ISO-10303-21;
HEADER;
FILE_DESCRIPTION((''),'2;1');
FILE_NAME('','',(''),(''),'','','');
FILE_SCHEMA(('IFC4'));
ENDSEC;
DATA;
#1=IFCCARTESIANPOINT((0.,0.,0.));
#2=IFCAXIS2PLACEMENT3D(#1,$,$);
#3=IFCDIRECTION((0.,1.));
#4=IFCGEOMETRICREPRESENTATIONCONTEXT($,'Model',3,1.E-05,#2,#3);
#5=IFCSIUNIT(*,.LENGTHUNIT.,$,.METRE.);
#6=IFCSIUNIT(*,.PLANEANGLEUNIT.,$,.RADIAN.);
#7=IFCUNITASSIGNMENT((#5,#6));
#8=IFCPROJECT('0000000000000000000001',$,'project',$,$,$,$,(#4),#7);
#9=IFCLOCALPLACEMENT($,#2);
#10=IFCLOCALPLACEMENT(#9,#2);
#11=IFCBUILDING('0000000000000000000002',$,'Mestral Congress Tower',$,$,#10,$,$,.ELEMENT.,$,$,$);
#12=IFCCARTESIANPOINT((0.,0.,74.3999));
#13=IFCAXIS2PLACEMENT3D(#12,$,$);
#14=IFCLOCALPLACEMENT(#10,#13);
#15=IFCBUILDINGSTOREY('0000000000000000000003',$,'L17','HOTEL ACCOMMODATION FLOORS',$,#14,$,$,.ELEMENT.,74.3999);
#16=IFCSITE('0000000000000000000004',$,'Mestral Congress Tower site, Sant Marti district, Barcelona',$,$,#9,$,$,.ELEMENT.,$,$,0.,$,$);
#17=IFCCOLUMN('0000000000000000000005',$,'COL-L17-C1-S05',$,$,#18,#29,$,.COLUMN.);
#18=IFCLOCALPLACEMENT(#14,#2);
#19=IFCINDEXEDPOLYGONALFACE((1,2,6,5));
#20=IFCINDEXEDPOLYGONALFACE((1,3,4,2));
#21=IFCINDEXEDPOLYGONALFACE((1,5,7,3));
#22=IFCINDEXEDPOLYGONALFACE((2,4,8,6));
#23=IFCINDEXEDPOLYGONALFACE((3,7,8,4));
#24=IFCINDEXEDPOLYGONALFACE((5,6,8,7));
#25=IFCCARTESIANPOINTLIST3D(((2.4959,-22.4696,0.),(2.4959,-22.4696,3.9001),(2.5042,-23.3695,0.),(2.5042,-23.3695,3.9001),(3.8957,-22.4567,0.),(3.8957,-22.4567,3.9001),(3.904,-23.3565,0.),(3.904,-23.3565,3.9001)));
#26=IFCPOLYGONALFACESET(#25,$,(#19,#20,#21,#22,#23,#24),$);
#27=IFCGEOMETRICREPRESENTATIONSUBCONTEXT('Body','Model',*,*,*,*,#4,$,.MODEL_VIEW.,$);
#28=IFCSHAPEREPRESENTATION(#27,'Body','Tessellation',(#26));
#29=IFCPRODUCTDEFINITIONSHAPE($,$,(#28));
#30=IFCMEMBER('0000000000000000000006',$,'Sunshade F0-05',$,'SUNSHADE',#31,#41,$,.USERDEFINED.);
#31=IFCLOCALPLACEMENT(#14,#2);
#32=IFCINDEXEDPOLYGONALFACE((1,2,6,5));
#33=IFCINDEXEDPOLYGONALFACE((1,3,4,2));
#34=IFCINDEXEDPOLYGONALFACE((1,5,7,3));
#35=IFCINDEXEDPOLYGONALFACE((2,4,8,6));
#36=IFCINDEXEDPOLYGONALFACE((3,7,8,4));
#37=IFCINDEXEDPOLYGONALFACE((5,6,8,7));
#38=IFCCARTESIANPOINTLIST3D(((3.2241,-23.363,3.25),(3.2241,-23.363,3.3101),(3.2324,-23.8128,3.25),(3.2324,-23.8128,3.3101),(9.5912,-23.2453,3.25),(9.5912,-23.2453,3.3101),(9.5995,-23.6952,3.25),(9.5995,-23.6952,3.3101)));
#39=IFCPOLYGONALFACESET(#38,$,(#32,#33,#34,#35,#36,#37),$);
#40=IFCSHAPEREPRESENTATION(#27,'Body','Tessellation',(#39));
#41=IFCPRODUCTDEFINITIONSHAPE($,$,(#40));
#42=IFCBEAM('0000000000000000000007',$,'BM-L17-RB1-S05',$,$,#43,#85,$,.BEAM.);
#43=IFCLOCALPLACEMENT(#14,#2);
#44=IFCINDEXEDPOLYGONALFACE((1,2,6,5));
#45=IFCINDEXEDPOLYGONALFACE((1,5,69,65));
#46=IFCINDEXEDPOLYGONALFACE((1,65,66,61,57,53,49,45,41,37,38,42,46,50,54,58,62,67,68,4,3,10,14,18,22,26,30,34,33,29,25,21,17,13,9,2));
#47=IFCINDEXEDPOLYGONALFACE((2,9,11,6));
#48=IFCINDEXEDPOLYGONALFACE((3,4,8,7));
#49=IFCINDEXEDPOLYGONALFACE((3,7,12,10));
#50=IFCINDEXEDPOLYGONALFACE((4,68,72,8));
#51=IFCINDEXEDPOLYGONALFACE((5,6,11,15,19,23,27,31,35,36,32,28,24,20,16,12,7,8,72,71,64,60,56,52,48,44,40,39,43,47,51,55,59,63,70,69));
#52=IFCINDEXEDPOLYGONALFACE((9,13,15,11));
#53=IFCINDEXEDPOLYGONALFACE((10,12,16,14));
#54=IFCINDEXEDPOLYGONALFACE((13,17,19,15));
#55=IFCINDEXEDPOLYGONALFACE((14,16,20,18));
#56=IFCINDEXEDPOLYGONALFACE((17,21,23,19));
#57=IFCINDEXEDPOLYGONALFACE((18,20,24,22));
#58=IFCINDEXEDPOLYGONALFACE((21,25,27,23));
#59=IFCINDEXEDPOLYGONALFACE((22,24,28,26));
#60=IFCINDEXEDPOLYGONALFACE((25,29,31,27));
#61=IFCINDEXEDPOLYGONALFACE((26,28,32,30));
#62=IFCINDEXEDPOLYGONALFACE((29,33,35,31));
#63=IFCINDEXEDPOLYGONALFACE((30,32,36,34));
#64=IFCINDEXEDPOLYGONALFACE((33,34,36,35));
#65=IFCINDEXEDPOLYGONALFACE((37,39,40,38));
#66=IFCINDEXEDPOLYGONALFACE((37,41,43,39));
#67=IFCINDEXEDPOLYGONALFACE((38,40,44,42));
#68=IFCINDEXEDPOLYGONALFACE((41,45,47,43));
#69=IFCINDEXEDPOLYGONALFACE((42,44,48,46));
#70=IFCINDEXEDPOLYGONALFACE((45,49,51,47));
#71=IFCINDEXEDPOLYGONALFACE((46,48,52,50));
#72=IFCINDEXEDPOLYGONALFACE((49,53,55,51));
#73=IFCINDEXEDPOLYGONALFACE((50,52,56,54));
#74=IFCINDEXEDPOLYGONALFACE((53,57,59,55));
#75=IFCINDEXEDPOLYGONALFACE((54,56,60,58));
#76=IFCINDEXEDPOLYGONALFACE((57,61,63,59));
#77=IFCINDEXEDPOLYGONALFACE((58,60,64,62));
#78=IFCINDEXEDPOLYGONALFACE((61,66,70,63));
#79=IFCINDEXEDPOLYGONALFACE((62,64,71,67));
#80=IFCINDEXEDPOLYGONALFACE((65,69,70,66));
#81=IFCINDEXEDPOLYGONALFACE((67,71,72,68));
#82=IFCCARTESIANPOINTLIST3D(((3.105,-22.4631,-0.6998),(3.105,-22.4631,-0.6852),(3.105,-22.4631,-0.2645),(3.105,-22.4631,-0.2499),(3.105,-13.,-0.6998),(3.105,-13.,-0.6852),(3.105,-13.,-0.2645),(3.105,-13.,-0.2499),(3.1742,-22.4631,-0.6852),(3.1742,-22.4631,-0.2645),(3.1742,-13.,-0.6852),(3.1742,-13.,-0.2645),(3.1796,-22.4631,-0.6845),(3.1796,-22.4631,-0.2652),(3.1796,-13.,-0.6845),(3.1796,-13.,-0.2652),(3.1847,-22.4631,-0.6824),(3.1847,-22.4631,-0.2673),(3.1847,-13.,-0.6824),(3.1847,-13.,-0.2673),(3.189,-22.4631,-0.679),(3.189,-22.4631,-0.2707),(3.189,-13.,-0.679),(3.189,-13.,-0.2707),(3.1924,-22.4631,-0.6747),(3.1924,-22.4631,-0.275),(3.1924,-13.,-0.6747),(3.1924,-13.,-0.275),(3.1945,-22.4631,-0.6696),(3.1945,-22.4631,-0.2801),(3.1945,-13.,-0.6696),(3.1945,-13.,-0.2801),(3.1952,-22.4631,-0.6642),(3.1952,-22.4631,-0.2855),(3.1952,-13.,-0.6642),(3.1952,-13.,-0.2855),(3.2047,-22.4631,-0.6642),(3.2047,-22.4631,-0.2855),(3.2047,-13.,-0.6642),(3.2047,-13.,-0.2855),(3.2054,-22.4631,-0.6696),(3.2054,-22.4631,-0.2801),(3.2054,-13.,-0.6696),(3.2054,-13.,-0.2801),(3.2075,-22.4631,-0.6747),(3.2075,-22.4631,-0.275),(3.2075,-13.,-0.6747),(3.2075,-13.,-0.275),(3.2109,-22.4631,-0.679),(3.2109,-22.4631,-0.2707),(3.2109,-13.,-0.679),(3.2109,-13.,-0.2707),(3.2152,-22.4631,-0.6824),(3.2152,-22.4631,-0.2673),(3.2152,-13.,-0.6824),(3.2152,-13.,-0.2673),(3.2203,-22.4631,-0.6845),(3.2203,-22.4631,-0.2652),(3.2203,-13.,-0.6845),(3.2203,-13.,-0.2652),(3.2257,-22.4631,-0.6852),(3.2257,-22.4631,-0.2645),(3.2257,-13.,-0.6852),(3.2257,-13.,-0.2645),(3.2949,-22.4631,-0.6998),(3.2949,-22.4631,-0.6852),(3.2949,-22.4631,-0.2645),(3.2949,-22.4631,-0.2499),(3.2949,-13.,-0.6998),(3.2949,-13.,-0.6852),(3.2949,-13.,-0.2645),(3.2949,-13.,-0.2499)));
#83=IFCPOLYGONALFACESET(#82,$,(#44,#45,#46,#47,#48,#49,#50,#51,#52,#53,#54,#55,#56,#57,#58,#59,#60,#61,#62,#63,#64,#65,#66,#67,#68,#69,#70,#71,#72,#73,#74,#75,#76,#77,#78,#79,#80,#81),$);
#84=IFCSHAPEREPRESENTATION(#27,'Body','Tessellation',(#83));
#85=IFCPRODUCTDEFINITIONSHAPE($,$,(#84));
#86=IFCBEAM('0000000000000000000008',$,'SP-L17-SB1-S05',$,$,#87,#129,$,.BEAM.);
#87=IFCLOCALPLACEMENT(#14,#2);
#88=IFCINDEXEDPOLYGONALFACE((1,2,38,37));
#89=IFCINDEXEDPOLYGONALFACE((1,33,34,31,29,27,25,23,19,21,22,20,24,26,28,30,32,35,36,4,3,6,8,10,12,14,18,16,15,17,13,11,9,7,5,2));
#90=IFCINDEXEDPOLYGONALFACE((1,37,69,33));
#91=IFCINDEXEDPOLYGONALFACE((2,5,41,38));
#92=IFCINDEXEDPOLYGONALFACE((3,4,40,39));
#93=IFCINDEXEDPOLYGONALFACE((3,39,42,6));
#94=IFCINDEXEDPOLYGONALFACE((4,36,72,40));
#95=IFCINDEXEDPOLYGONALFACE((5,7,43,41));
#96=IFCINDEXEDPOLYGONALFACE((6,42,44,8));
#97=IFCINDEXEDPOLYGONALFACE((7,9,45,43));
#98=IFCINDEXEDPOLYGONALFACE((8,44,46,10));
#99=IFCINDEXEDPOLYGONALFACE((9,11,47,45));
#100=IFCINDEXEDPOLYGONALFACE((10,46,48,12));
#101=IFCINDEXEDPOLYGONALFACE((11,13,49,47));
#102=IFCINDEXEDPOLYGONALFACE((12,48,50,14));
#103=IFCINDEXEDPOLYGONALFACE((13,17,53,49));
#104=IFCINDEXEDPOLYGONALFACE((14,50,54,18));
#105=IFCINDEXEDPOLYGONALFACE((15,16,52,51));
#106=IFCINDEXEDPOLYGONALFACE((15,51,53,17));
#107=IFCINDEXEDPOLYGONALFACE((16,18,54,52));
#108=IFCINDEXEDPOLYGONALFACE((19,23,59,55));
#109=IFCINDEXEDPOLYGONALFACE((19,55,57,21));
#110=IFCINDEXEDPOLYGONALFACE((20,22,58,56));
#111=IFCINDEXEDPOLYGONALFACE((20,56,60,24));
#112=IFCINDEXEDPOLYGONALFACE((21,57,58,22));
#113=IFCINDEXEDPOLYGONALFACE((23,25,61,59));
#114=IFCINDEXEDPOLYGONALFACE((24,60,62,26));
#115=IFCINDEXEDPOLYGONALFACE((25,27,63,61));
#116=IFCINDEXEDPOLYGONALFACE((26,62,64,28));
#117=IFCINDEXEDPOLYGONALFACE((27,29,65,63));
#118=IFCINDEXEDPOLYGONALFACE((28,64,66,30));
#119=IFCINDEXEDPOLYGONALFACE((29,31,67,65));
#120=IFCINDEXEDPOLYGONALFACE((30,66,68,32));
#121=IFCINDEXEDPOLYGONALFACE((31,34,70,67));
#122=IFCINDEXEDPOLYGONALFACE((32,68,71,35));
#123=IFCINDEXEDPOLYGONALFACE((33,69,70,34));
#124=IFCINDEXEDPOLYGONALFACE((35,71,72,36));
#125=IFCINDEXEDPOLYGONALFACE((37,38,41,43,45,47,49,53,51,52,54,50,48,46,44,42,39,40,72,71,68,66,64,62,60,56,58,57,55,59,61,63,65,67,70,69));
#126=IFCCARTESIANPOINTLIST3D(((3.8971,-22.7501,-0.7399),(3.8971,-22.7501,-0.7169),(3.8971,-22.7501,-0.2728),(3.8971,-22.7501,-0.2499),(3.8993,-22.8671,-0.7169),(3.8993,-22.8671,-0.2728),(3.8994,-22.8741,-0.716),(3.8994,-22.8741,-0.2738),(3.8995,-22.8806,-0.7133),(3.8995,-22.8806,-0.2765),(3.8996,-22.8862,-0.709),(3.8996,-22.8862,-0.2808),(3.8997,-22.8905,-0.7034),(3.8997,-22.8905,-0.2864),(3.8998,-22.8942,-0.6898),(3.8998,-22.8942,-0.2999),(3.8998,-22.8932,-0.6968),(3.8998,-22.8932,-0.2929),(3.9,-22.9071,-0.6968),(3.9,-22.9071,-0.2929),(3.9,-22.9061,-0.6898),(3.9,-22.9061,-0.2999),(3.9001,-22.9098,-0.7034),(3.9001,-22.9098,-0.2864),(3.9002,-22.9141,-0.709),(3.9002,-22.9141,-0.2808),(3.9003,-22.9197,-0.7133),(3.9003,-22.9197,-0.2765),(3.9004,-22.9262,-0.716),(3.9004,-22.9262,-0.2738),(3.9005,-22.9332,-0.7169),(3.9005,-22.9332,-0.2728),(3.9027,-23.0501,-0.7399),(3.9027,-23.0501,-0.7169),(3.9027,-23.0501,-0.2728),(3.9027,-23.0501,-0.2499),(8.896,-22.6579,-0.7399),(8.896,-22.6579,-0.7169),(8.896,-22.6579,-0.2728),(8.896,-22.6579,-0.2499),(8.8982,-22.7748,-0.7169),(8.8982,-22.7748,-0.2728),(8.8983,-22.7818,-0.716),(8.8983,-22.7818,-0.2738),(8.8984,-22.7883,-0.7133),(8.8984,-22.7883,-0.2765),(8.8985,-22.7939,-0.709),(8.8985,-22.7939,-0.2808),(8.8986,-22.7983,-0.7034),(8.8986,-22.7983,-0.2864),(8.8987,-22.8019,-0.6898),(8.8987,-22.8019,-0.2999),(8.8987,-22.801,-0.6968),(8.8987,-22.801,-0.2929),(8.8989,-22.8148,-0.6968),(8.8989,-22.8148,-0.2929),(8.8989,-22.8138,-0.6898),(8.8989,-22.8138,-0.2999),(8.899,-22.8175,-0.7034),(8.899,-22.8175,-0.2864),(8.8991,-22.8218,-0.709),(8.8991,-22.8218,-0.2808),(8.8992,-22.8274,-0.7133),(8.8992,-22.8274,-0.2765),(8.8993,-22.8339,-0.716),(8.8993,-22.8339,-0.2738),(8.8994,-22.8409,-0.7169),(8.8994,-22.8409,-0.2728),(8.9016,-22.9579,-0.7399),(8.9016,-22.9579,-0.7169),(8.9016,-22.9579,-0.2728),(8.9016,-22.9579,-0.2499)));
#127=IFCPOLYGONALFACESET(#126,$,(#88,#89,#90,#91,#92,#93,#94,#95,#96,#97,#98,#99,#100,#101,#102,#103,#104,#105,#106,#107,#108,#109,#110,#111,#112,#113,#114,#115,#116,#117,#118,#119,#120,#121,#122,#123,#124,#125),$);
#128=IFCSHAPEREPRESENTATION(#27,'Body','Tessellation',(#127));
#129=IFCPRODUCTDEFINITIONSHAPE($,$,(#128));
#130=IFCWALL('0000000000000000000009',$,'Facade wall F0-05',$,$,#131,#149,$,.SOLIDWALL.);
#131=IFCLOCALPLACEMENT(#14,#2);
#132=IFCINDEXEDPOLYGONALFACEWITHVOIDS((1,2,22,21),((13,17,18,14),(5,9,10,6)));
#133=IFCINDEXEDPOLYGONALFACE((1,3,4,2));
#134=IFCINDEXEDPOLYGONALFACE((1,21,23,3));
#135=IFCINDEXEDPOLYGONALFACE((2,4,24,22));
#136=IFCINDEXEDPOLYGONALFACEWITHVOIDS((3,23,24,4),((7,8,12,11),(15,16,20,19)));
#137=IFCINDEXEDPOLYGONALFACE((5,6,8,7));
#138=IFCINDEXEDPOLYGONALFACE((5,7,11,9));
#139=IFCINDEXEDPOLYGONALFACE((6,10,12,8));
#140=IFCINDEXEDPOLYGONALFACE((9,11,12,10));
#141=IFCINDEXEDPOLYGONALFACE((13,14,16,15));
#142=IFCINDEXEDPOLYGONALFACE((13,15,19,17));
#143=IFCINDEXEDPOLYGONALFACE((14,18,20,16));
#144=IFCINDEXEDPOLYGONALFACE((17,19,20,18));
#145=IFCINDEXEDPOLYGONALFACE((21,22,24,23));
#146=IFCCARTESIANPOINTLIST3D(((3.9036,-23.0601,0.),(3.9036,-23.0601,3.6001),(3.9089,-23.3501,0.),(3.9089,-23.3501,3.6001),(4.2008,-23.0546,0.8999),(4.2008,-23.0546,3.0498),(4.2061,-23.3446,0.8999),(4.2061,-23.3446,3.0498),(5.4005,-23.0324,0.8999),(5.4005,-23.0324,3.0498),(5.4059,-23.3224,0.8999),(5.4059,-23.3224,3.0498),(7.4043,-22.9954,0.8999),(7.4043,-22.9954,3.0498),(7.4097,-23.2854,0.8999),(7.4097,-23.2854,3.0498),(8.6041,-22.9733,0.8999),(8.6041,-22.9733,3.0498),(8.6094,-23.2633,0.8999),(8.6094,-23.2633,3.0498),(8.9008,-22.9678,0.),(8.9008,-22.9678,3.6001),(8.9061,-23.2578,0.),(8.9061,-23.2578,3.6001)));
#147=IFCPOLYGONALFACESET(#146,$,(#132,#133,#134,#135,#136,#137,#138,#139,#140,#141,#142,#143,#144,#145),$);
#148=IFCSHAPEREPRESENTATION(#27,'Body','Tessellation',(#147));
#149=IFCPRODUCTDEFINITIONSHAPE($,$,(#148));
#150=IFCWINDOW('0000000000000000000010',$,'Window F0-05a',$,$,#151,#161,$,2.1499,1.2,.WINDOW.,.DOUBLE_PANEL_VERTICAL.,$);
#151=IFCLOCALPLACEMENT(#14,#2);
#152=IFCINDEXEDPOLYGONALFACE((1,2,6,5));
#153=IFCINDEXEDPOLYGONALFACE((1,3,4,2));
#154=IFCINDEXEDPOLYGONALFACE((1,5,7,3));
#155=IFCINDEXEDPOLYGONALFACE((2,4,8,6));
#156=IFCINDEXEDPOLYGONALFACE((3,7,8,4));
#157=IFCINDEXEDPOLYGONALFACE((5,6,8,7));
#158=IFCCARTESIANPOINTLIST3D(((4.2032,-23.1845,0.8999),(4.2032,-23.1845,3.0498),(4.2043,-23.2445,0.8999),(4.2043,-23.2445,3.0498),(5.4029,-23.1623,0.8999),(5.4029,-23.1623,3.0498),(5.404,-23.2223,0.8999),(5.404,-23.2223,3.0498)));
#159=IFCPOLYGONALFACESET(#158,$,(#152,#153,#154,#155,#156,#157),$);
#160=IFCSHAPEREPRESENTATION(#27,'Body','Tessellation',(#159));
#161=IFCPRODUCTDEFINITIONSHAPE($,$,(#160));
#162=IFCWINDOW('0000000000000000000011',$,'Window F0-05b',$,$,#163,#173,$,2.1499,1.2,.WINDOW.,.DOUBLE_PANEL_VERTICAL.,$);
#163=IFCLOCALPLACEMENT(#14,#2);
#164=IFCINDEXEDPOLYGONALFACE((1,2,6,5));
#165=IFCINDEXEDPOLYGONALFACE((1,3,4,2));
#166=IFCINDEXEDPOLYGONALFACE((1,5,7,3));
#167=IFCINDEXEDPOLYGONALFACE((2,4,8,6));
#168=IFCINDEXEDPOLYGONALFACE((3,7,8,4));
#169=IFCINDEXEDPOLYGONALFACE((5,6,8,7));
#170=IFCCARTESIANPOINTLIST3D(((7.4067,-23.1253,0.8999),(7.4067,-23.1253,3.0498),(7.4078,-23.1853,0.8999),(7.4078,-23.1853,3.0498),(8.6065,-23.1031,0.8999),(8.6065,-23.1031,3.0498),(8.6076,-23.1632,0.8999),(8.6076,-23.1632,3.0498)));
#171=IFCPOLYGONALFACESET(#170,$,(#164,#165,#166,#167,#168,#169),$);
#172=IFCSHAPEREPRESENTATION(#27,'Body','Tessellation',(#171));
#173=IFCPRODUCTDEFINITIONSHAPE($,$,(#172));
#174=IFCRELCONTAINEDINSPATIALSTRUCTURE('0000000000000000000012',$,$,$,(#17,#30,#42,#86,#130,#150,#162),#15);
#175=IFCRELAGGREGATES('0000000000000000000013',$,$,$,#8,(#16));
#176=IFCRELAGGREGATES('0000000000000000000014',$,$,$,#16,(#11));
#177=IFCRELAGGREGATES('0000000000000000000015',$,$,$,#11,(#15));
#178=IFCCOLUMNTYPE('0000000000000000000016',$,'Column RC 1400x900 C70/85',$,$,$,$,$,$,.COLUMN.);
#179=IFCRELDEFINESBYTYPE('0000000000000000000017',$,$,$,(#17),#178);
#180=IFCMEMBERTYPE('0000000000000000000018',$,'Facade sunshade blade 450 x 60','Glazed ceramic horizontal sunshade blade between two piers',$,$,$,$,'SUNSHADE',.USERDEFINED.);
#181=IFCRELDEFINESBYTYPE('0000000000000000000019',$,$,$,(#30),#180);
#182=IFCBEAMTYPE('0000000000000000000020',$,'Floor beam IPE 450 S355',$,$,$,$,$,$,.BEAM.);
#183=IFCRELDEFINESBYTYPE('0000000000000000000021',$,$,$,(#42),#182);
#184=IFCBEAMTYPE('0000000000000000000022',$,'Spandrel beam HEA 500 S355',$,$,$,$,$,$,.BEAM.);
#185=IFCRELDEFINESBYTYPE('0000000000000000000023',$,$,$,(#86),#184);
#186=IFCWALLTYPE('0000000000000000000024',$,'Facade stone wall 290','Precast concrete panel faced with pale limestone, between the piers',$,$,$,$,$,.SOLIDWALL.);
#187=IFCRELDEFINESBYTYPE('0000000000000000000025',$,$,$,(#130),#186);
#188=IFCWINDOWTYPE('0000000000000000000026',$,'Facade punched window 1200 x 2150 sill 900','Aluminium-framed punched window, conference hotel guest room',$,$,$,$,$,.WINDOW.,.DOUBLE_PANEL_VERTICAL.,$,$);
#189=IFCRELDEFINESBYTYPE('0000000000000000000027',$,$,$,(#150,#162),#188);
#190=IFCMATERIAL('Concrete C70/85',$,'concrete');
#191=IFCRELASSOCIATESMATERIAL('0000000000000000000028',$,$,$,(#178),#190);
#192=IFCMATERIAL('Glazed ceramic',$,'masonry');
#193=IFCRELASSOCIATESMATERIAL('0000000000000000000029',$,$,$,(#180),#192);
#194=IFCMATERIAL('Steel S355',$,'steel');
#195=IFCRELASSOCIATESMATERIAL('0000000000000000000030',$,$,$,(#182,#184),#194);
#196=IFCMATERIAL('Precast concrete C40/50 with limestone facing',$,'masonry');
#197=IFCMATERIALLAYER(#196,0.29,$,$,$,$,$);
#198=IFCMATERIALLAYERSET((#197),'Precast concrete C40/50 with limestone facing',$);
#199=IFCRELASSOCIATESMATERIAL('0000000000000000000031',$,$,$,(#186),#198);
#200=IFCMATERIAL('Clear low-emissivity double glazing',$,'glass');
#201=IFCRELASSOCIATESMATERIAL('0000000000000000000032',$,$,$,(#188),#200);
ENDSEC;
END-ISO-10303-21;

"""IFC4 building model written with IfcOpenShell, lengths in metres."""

from ifc_helpers import new_model, si_unit, direction, frame, frame_2d, origin, origin_2d, place, context, subcontext, project, spatial, rectangle, i_section, extrude, material, layer, layer_set, material_profile, profile_set, type_object, element, fill, save


model = new_model("IFC4")

# Units and contexts
model_context = context("Model", 3, precision=1e-05, world=origin(), true_north=direction((0.0, 1.0)))
body_context = subcontext(model_context, "Body", "Model", "MODEL_VIEW")
ifc_project = project(units=[si_unit("LENGTHUNIT", "METRE"), si_unit("PLANEANGLEUNIT", "RADIAN")], contexts=[model_context])

# Site, building, storey
site_placement = place(None, origin())
site = spatial("IfcSite", under=ifc_project, at=site_placement, Name="Mestral Congress Tower site, Sant Marti district, Barcelona", CompositionType="ELEMENT", RefElevation=0.0)
building_placement = place(site_placement, origin())
building = spatial("IfcBuilding", under=site, at=building_placement, Name="Mestral Congress Tower", CompositionType="ELEMENT")
storey_placement = place(building_placement, frame((0.0, 0.0, 74.3999)))
storey = spatial("IfcBuildingStorey", under=building, at=storey_placement, Name="L17", Description="HOTEL ACCOMMODATION FLOORS", CompositionType="ELEMENT", Elevation=74.3999)

# Column
ifc_material_1 = material(Name="Concrete C70/85", Category="concrete")
ifc_material_profile_1 = material_profile(ifc_material_1, rectangle(XDim=1.3999, YDim=0.8999, at=origin_2d()), Name="RC 1400x900")
ifc_profile_set_1 = profile_set([ifc_material_profile_1], Name="Concrete C70/85")
column_type = type_object("IfcColumnType", Name="Column RC 1400x900 C70/85", PredefinedType="COLUMN", material=ifc_profile_set_1)
column_placement = place(storey_placement, frame((3.2, -22.9131, 0.0), z_axis=(0.0, 0.0, 1.0), x_axis=(0.999957, 0.009243, 0.0)))
element("IfcColumn", 1, at=column_placement, inside=storey, type_object=column_type, Name="COL-L17-C1-S05", PredefinedType="COLUMN", context=body_context, shape_type="SweptSolid", body=[
    extrude(rectangle(XDim=1.3999, YDim=0.8999, at=origin_2d()), origin(), (0.0, 0.0, 1.0), 3.9001),
])

# Member
ifc_material_2 = material(Name="Glazed ceramic", Category="masonry")
ifc_material_profile_2 = material_profile(ifc_material_2, rectangle(XDim=0.45, YDim=0.0601, at=origin_2d()), Name="Ceramic blade 450 x 60")
ifc_profile_set_2 = profile_set([ifc_material_profile_2], Name="Glazed ceramic")
member_type = type_object("IfcMemberType", Name="Facade sunshade blade 450 x 60", Description="Glazed ceramic horizontal sunshade blade between two piers", ElementType="SUNSHADE", PredefinedType="USERDEFINED", material=ifc_profile_set_2)
member_placement = place(storey_placement, frame((3.2283, -23.5879, 3.28), z_axis=(0.999829, 0.018478, 0.0), x_axis=(-0.018478, 0.999829, 0.0)))
element("IfcMember", 2, at=member_placement, inside=storey, type_object=member_type, Name="Sunshade F0-05", ObjectType="SUNSHADE", PredefinedType="USERDEFINED", context=body_context, shape_type="SweptSolid", body=[
    extrude(rectangle(XDim=0.45, YDim=0.0601, at=origin_2d()), origin(), (0.0, 0.0, 1.0), 6.3682),
])

# Beams
ifc_material_3 = material(Name="Steel S355", Category="steel")
ifc_material_profile_3 = material_profile(ifc_material_3, i_section(OverallWidth=0.1899, OverallDepth=0.45, WebThickness=0.0095, FlangeThickness=0.0146, FilletRadius=0.021, at=origin_2d()), Name="IPE 450")
ifc_profile_set_3 = profile_set([ifc_material_profile_3], Name="Steel S355")
beam_type_1 = type_object("IfcBeamType", Name="Floor beam IPE 450 S355", PredefinedType="BEAM", material=ifc_profile_set_3)
beam_1_placement = place(storey_placement, frame((3.2, -22.4631, -0.4749), z_axis=(0.0, 1.0, 0.0), x_axis=(-1.0, 0.0, 0.0)))
element("IfcBeam", 3, at=beam_1_placement, inside=storey, type_object=beam_type_1, Name="BM-L17-RB1-S05", PredefinedType="BEAM", context=body_context, shape_type="SweptSolid", body=[
    extrude(i_section(OverallWidth=0.1899, OverallDepth=0.45, WebThickness=0.0095, FlangeThickness=0.0146, FilletRadius=0.021, at=origin_2d()), origin(), (0.0, 0.0, 1.0), 9.4631),
])
ifc_material_profile_4 = material_profile(ifc_material_3, i_section(OverallWidth=0.3, OverallDepth=0.49, WebThickness=0.012, FlangeThickness=0.0229, FilletRadius=0.0271, at=origin_2d()), Name="HEA 500")
ifc_profile_set_4 = profile_set([ifc_material_profile_4], Name="Steel S355")
beam_type_2 = type_object("IfcBeamType", Name="Spandrel beam HEA 500 S355", PredefinedType="BEAM", material=ifc_profile_set_4)
beam_2_placement = place(storey_placement, frame((3.8999, -22.9001, -0.4949), z_axis=(0.99983, 0.018457, 0.0), x_axis=(-0.018457, 0.99983, 0.0)))
element("IfcBeam", 4, at=beam_2_placement, inside=storey, type_object=beam_type_2, Name="SP-L17-SB1-S05", PredefinedType="BEAM", context=body_context, shape_type="SweptSolid", body=[
    extrude(i_section(OverallWidth=0.3, OverallDepth=0.49, WebThickness=0.012, FlangeThickness=0.0229, FilletRadius=0.0271, at=origin_2d()), origin(), (0.0, 0.0, 1.0), 4.9998),
])

# Wall, openings, windows
ifc_material_4 = material(Name="Precast concrete C40/50 with limestone facing", Category="masonry")
ifc_layer_1 = layer(ifc_material_4, 0.29)
ifc_layer_set_1 = layer_set([ifc_layer_1], Name="Precast concrete C40/50 with limestone facing")
wall_type_1 = type_object("IfcWallType", Name="Facade stone wall 290", Description="Precast concrete panel faced with pale limestone, between the piers", PredefinedType="SOLIDWALL", material=ifc_layer_set_1)
wall_1_placement = place(storey_placement, frame((3.9062, -23.2051, 0.0), z_axis=(0.0, 0.0, 1.0), x_axis=(0.99983, 0.018464, 0.0)))
wall_1 = element("IfcWall", 5, at=wall_1_placement, inside=storey, type_object=wall_type_1, Name="Facade wall F0-05", PredefinedType="SOLIDWALL", context=body_context, shape_type="SweptSolid", body=[
    extrude(rectangle(XDim=4.998, YDim=0.29, at=frame_2d((2.499, 0.0))), origin(), (0.0, 0.0, 1.0), 3.6001),
])
opening_1_placement = place(wall_1_placement, frame((0.2971, 0.0, 0.8999)))
opening_1 = element("IfcOpeningElement", 6, at=opening_1_placement, cuts=wall_1, PredefinedType="OPENING", context=body_context, shape_type="SweptSolid", body=[
    extrude(rectangle(XDim=1.2, YDim=2.1499, at=frame_2d((0.6001, 1.075))), frame((0.0, 0.155, 0.0), z_axis=(0.0, -1.0, 0.0), x_axis=(1.0, 0.0, 0.0)), (0.0, 0.0, 1.0), 0.3101),
])
opening_2_placement = place(wall_1_placement, frame((3.5012, 0.0, 0.8999)))
opening_2 = element("IfcOpeningElement", 7, at=opening_2_placement, cuts=wall_1, PredefinedType="OPENING", context=body_context, shape_type="SweptSolid", body=[
    extrude(rectangle(XDim=1.2, YDim=2.1499, at=frame_2d((0.6001, 1.075))), frame((0.0, 0.155, 0.0), z_axis=(0.0, -1.0, 0.0), x_axis=(1.0, 0.0, 0.0)), (0.0, 0.0, 1.0), 0.3101),
])
ifc_material_5 = material(Name="Clear low-emissivity double glazing", Category="glass")
window_type = type_object("IfcWindowType", Name="Facade punched window 1200 x 2150 sill 900", Description="Aluminium-framed punched window, conference hotel guest room", PartitioningType="DOUBLE_PANEL_VERTICAL", PredefinedType="WINDOW", material=ifc_material_5)
window_1_placement = place(opening_1_placement, origin())
window_1 = element("IfcWindow", 8, at=window_1_placement, inside=storey, type_object=window_type, Name="Window F0-05a", OverallHeight=2.1499, OverallWidth=1.2, PartitioningType="DOUBLE_PANEL_VERTICAL", PredefinedType="WINDOW", context=body_context, shape_type="SweptSolid", body=[
    extrude(rectangle(XDim=1.2, YDim=2.1499, at=frame_2d((0.6001, 1.075))), frame((0.0, 0.0151, 0.0), z_axis=(0.0, -1.0, 0.0), x_axis=(1.0, 0.0, 0.0)), (0.0, 0.0, 1.0), 0.0601),
])
fill(opening_1, window_1)
window_2_placement = place(opening_2_placement, origin())
window_2 = element("IfcWindow", 9, at=window_2_placement, inside=storey, type_object=window_type, Name="Window F0-05b", OverallHeight=2.1499, OverallWidth=1.2, PartitioningType="DOUBLE_PANEL_VERTICAL", PredefinedType="WINDOW", context=body_context, shape_type="SweptSolid", body=[
    extrude(rectangle(XDim=1.2, YDim=2.1499, at=frame_2d((0.6001, 1.075))), frame((0.0, 0.0151, 0.0), z_axis=(0.0, -1.0, 0.0), x_axis=(1.0, 0.0, 0.0)), (0.0, 0.0, 1.0), 0.0601),
])
fill(opening_2, window_2)

save(model, "model.ifc")
